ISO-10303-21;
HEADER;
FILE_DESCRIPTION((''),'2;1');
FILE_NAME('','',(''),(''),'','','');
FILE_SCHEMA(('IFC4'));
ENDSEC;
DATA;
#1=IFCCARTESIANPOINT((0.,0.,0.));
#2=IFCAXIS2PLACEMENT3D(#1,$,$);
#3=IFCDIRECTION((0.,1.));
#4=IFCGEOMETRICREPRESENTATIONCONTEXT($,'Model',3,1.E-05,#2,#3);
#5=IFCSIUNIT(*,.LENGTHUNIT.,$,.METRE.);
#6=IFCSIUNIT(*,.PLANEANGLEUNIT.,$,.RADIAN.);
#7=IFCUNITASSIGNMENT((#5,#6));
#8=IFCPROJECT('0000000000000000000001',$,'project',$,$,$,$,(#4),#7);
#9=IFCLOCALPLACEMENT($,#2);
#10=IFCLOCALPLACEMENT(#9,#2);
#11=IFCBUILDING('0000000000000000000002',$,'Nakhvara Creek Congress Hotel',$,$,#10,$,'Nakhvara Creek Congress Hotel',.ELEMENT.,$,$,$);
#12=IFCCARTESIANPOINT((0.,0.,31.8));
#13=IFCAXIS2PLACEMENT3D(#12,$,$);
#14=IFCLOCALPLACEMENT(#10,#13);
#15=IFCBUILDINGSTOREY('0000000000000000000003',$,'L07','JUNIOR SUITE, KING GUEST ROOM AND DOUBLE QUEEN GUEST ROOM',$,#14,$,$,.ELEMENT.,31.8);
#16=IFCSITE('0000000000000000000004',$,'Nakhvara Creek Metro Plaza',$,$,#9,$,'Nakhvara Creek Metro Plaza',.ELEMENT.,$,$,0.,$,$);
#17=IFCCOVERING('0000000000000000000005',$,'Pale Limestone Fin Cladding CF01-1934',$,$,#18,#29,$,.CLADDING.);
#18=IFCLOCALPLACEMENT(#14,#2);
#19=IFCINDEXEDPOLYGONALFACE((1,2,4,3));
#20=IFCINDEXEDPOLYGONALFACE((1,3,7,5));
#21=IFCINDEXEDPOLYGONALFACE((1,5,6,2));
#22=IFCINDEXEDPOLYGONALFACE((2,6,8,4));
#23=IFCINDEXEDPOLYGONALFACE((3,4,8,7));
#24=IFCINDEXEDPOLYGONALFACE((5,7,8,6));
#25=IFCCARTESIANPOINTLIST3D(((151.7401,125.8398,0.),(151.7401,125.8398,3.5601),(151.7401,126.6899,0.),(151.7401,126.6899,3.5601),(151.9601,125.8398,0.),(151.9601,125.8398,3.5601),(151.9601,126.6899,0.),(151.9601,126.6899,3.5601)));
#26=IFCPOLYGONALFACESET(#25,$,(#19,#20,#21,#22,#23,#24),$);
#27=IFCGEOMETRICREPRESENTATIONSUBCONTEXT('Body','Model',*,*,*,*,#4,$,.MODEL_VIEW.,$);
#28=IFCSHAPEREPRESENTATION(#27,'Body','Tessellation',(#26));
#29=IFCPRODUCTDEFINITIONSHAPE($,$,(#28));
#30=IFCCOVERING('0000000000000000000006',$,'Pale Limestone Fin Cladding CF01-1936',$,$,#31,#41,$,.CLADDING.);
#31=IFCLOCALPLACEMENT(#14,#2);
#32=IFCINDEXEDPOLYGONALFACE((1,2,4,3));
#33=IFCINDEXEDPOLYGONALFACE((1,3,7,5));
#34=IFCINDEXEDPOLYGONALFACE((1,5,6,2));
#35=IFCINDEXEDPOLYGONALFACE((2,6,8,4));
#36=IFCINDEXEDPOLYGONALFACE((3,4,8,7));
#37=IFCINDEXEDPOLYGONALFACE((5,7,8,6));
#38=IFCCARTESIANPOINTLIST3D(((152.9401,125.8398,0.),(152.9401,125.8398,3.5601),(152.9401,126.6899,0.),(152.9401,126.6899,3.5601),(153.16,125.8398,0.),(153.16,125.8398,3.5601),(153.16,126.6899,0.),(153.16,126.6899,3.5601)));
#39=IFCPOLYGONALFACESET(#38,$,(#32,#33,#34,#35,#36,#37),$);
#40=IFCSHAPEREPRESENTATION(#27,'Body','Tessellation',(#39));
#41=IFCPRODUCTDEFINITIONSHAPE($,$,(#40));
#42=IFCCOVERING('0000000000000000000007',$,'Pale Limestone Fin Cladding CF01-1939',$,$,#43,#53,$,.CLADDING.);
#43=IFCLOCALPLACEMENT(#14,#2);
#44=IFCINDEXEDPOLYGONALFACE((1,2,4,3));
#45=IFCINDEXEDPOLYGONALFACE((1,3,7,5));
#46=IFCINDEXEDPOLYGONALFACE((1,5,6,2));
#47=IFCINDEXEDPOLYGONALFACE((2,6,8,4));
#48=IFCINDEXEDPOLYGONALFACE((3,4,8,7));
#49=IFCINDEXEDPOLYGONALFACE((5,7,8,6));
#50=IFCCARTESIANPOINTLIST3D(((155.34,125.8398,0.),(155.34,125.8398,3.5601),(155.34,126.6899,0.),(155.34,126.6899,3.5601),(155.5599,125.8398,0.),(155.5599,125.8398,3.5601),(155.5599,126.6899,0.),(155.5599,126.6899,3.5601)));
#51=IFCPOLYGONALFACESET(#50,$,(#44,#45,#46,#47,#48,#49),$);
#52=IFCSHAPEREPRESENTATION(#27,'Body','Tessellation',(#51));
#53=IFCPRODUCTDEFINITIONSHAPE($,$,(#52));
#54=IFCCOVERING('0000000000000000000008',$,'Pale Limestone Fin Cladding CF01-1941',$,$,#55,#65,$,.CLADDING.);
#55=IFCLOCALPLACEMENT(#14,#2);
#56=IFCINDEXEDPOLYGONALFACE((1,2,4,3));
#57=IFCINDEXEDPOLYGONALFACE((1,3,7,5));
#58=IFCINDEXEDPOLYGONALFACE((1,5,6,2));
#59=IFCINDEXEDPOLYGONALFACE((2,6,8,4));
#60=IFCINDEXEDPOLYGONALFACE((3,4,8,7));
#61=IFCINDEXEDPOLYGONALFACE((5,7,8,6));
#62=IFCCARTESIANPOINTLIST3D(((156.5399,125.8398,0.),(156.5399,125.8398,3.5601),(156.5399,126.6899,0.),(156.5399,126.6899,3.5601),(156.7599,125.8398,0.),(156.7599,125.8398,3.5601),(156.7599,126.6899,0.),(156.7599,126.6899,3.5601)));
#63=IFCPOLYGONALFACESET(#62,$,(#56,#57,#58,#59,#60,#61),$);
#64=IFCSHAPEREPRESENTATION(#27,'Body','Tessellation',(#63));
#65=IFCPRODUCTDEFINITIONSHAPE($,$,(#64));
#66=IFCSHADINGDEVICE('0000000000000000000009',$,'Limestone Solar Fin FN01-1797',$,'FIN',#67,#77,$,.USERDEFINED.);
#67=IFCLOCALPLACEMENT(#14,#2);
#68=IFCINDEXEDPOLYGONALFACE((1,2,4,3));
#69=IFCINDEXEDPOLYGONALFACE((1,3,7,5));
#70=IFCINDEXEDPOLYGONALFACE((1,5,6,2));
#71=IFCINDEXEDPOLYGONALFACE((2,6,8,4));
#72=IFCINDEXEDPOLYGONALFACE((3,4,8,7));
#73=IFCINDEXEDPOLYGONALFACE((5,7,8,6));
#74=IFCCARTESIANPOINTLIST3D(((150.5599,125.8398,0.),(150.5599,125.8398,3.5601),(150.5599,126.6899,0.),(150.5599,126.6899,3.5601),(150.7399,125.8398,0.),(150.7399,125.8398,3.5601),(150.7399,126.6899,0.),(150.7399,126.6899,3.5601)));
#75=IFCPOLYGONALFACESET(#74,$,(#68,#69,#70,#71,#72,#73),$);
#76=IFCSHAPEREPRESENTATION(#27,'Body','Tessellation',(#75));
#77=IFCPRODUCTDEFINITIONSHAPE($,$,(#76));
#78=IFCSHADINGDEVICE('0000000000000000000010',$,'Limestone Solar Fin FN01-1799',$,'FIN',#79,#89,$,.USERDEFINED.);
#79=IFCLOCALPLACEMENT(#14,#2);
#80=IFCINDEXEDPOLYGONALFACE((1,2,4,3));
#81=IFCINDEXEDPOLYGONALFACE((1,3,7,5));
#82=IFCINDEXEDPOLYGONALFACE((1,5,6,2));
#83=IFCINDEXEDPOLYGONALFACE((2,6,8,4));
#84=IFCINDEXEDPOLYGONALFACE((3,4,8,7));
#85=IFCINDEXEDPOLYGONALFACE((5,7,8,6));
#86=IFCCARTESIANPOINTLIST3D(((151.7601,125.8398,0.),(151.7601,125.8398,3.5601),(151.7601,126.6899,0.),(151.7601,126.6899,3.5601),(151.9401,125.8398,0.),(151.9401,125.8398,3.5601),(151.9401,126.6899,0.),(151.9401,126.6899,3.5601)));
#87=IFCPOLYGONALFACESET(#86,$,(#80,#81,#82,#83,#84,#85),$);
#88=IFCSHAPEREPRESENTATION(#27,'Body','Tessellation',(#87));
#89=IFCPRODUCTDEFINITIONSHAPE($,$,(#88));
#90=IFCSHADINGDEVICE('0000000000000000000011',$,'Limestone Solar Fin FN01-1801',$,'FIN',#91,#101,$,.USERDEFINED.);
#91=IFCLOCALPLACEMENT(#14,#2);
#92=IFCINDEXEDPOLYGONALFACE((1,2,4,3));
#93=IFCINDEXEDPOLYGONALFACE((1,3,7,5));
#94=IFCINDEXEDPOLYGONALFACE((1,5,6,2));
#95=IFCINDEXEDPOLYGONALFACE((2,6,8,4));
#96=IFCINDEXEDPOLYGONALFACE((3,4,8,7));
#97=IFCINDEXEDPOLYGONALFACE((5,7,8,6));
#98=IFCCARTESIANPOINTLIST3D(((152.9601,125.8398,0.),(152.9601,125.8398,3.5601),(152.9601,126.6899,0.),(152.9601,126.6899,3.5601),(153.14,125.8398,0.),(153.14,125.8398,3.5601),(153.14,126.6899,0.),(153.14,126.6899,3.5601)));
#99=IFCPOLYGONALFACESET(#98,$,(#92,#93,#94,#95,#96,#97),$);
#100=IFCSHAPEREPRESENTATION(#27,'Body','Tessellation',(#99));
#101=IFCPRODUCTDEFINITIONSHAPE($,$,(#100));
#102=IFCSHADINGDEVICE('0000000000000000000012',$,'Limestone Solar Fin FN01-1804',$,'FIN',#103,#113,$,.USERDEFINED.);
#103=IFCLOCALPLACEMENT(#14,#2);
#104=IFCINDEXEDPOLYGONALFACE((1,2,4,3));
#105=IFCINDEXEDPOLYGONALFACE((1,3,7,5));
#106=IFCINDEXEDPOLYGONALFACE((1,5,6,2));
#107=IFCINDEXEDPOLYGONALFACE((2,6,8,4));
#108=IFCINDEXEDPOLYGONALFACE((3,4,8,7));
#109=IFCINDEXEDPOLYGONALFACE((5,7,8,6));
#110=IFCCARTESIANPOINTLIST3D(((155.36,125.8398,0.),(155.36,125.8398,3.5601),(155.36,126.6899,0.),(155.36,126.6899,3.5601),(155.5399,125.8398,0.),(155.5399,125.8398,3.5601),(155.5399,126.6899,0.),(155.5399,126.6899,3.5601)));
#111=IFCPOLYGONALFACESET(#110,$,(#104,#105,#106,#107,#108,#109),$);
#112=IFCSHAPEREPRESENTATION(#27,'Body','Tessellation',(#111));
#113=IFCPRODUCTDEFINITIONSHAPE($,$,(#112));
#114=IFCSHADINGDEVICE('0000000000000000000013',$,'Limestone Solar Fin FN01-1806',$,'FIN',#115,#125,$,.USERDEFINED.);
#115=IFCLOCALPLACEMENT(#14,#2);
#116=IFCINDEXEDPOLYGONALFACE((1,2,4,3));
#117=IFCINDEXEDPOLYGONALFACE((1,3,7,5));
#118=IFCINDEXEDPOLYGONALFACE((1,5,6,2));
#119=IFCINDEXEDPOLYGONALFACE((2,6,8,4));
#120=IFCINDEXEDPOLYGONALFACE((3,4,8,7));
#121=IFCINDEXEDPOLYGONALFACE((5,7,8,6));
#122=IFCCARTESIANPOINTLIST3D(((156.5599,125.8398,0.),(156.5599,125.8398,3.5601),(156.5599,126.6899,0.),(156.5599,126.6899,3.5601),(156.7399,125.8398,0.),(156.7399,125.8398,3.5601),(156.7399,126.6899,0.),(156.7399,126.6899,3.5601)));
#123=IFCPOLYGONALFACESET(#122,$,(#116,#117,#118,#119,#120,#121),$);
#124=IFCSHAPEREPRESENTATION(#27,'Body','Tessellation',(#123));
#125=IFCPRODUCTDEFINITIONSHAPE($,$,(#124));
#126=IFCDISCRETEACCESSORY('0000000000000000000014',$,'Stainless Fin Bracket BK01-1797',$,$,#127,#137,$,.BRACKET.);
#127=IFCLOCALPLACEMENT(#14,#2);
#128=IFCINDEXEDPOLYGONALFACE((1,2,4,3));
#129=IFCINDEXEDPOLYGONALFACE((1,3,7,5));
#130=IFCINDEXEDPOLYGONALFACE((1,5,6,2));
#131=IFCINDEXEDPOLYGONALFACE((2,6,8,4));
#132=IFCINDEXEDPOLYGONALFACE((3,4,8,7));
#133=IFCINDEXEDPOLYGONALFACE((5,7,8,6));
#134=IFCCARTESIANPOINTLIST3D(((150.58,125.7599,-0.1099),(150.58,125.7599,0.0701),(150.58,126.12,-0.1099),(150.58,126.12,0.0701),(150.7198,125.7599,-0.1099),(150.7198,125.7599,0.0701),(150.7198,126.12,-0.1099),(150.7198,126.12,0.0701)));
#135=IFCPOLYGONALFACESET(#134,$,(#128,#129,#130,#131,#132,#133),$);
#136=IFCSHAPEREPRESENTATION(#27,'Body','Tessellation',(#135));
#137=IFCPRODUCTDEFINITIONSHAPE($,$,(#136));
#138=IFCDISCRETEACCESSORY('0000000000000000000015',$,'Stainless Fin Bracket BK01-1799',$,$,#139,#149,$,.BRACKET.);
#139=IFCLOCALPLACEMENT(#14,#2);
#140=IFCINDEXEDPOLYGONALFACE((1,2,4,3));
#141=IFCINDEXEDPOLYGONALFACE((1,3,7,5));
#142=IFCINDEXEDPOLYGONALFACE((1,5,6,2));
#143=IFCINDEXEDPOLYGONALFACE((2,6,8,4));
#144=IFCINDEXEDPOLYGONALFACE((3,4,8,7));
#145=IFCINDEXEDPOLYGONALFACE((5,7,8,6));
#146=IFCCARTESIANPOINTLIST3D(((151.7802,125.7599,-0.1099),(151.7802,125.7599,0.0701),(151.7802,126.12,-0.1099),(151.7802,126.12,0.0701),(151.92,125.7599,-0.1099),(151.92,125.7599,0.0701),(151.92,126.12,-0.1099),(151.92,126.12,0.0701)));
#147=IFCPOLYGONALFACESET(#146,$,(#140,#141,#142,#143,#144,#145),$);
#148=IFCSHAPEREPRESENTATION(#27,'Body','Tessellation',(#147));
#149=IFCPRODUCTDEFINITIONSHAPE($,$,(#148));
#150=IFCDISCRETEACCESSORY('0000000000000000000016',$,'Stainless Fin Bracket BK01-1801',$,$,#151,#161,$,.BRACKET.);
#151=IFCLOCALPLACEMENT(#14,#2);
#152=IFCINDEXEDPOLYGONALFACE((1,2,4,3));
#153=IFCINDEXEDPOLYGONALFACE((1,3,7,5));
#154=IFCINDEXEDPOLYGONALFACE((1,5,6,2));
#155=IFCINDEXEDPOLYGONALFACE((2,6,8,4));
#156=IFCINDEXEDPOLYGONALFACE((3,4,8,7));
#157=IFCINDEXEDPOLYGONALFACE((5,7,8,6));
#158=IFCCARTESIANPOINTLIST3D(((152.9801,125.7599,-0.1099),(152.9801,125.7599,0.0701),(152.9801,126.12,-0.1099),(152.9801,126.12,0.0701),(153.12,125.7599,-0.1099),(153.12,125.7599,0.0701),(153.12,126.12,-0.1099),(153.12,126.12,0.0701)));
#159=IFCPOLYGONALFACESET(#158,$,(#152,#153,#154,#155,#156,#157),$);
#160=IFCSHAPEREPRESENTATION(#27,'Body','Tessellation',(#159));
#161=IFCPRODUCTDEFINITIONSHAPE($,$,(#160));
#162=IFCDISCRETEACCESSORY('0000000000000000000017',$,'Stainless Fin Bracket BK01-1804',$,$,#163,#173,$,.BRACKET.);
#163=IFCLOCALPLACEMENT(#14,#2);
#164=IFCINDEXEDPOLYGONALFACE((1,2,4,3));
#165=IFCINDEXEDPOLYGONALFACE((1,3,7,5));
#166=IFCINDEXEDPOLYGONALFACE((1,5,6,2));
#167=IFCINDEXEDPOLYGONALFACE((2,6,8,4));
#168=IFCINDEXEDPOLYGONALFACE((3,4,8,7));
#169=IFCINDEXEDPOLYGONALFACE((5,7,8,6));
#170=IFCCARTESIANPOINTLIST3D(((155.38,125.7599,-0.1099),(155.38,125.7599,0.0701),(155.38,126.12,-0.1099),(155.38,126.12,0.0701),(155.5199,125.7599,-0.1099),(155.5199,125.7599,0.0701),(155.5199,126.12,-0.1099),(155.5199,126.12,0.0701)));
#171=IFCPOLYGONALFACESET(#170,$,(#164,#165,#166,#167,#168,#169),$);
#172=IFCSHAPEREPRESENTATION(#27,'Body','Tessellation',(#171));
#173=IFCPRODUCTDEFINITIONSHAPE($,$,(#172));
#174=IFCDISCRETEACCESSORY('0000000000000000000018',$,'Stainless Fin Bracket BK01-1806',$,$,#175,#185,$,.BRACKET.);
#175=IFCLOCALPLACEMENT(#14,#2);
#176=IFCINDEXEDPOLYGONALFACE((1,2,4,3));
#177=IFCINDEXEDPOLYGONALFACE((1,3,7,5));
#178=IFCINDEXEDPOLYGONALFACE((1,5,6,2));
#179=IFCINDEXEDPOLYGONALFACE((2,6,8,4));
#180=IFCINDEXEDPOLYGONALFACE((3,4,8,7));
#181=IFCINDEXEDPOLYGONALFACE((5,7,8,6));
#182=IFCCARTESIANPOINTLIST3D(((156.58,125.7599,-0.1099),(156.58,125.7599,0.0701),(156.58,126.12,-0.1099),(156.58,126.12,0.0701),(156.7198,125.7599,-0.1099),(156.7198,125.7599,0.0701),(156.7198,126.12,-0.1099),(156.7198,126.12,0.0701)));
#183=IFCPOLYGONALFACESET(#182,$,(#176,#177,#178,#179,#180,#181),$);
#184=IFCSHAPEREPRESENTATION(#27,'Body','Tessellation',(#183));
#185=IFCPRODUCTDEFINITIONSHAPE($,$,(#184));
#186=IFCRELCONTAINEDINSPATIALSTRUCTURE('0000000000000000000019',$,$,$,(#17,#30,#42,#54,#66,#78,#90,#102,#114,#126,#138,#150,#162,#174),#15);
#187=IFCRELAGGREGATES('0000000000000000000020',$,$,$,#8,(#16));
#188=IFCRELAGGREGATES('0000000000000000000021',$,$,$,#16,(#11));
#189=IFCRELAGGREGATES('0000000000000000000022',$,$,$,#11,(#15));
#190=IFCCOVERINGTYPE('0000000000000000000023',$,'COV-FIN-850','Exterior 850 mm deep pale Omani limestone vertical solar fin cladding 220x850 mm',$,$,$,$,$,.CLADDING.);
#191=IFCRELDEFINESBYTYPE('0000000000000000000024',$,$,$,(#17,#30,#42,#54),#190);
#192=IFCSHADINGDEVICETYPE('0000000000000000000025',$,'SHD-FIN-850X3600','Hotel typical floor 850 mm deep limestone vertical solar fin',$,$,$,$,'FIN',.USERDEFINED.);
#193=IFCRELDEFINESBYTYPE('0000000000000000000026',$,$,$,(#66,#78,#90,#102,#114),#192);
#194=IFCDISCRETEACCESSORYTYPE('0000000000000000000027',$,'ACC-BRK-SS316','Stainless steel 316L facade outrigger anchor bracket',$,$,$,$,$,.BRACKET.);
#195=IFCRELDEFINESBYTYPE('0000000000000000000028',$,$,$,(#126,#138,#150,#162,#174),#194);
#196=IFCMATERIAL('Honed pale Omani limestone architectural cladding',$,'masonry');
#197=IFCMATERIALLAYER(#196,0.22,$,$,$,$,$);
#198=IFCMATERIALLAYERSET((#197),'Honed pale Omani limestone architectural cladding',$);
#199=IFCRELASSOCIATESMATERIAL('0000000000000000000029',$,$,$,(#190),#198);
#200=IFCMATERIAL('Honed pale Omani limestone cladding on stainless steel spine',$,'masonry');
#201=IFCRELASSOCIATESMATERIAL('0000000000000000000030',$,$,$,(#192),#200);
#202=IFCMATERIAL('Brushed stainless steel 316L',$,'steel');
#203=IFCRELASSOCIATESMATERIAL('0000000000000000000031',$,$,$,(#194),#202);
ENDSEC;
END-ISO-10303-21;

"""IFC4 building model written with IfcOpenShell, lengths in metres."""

from ifc_helpers import new_model, si_unit, direction, frame, origin, origin_2d, place, context, subcontext, project, spatial, rectangle, extrude, material, layer, layer_set, type_object, element, save


model = new_model("IFC4")

# Units and contexts
model_context = context("Model", 3, precision=1e-05, world=origin(), true_north=direction((0.0, 1.0)))
body_context = subcontext(model_context, "Body", "Model", "MODEL_VIEW")
ifc_project = project(units=[si_unit("LENGTHUNIT", "METRE"), si_unit("PLANEANGLEUNIT", "RADIAN")], contexts=[model_context])

# Site, building, storey
site_placement = place(None, origin())
site = spatial("IfcSite", under=ifc_project, at=site_placement, Name="Nakhvara Creek Metro Plaza", LongName="Nakhvara Creek Metro Plaza", CompositionType="ELEMENT", RefElevation=0.0)
building_placement = place(site_placement, origin())
building = spatial("IfcBuilding", under=site, at=building_placement, Name="Nakhvara Creek Congress Hotel", LongName="Nakhvara Creek Congress Hotel", CompositionType="ELEMENT")
storey_placement = place(building_placement, frame((0.0, 0.0, 31.8)))
storey = spatial("IfcBuildingStorey", under=building, at=storey_placement, Name="L07", Description="JUNIOR SUITE, KING GUEST ROOM AND DOUBLE QUEEN GUEST ROOM", CompositionType="ELEMENT", Elevation=31.8)

# Coverings
ifc_material_1 = material(Name="Honed pale Omani limestone architectural cladding", Category="masonry")
ifc_layer_1 = layer(ifc_material_1, 0.22)
ifc_layer_set_1 = layer_set([ifc_layer_1], Name="Honed pale Omani limestone architectural cladding")
covering_type = type_object("IfcCoveringType", Name="COV-FIN-850", Description="Exterior 850 mm deep pale Omani limestone vertical solar fin cladding 220x850 mm", PredefinedType="CLADDING", material=ifc_layer_set_1)
for number, where, z_axis, x_axis, name in (
    (1, (151.8501, 126.2649, 0.0), (0.0, 0.0, 1.0), (1.0, 0.0, 0.0), "Pale Limestone Fin Cladding CF01-1934"),
    (2, (153.05, 126.2649, 0.0), (0.0, 0.0, 1.0), (1.0, 0.0, 0.0), "Pale Limestone Fin Cladding CF01-1936"),
    (3, (155.45, 126.2649, 0.0), (0.0, 0.0, 1.0), (1.0, 0.0, 0.0), "Pale Limestone Fin Cladding CF01-1939"),
    (4, (156.6499, 126.2649, 0.0), (0.0, 0.0, 1.0), (1.0, 0.0, 0.0), "Pale Limestone Fin Cladding CF01-1941"),
):
    element("IfcCovering", number, at=place(storey_placement, frame(where, z_axis=z_axis, x_axis=x_axis)), inside=storey, type_object=covering_type, Name=name, PredefinedType="CLADDING", context=body_context, shape_type="SweptSolid", body=[
        extrude(rectangle(XDim=0.22, YDim=0.8501, at=origin_2d()), origin(), (0.0, 0.0, 1.0), 3.5601),
    ])

# Shading devices
ifc_material_2 = material(Name="Honed pale Omani limestone cladding on stainless steel spine", Category="masonry")
shading_device_type = type_object("IfcShadingDeviceType", Name="SHD-FIN-850X3600", Description="Hotel typical floor 850 mm deep limestone vertical solar fin", ElementType="FIN", PredefinedType="USERDEFINED", material=ifc_material_2)
for number, where, z_axis, x_axis, name in (
    (5, (150.6499, 126.2649, 0.0), (0.0, 0.0, 1.0), (1.0, 0.0, 0.0), "Limestone Solar Fin FN01-1797"),
    (6, (151.8501, 126.2649, 0.0), (0.0, 0.0, 1.0), (1.0, 0.0, 0.0), "Limestone Solar Fin FN01-1799"),
    (7, (153.05, 126.2649, 0.0), (0.0, 0.0, 1.0), (1.0, 0.0, 0.0), "Limestone Solar Fin FN01-1801"),
    (8, (155.45, 126.2649, 0.0), (0.0, 0.0, 1.0), (1.0, 0.0, 0.0), "Limestone Solar Fin FN01-1804"),
    (9, (156.6499, 126.2649, 0.0), (0.0, 0.0, 1.0), (1.0, 0.0, 0.0), "Limestone Solar Fin FN01-1806"),
):
    element("IfcShadingDevice", number, at=place(storey_placement, frame(where, z_axis=z_axis, x_axis=x_axis)), inside=storey, type_object=shading_device_type, Name=name, ObjectType="FIN", PredefinedType="USERDEFINED", context=body_context, shape_type="SweptSolid", body=[
        extrude(rectangle(XDim=0.1799, YDim=0.8501, at=origin_2d()), origin(), (0.0, 0.0, 1.0), 3.5601),
    ])

# Discrete accessories
ifc_material_3 = material(Name="Brushed stainless steel 316L", Category="steel")
discrete_accessory_type = type_object("IfcDiscreteAccessoryType", Name="ACC-BRK-SS316", Description="Stainless steel 316L facade outrigger anchor bracket", PredefinedType="BRACKET", material=ifc_material_3)
for number, where, z_axis, x_axis, name in (
    (10, (150.6499, 125.9399, -0.1099), (0.0, 0.0, 1.0), (1.0, 0.0, 0.0), "Stainless Fin Bracket BK01-1797"),
    (11, (151.8501, 125.9399, -0.1099), (0.0, 0.0, 1.0), (1.0, 0.0, 0.0), "Stainless Fin Bracket BK01-1799"),
    (12, (153.05, 125.9399, -0.1099), (0.0, 0.0, 1.0), (1.0, 0.0, 0.0), "Stainless Fin Bracket BK01-1801"),
    (13, (155.45, 125.9399, -0.1099), (0.0, 0.0, 1.0), (1.0, 0.0, 0.0), "Stainless Fin Bracket BK01-1804"),
    (14, (156.6499, 125.9399, -0.1099), (0.0, 0.0, 1.0), (1.0, 0.0, 0.0), "Stainless Fin Bracket BK01-1806"),
):
    element("IfcDiscreteAccessory", number, at=place(storey_placement, frame(where, z_axis=z_axis, x_axis=x_axis)), inside=storey, type_object=discrete_accessory_type, Name=name, PredefinedType="BRACKET", context=body_context, shape_type="SweptSolid", body=[
        extrude(rectangle(XDim=0.1399, YDim=0.3601, at=origin_2d()), origin(), (0.0, 0.0, 1.0), 0.1799),
    ])

save(model, "model.ifc")
